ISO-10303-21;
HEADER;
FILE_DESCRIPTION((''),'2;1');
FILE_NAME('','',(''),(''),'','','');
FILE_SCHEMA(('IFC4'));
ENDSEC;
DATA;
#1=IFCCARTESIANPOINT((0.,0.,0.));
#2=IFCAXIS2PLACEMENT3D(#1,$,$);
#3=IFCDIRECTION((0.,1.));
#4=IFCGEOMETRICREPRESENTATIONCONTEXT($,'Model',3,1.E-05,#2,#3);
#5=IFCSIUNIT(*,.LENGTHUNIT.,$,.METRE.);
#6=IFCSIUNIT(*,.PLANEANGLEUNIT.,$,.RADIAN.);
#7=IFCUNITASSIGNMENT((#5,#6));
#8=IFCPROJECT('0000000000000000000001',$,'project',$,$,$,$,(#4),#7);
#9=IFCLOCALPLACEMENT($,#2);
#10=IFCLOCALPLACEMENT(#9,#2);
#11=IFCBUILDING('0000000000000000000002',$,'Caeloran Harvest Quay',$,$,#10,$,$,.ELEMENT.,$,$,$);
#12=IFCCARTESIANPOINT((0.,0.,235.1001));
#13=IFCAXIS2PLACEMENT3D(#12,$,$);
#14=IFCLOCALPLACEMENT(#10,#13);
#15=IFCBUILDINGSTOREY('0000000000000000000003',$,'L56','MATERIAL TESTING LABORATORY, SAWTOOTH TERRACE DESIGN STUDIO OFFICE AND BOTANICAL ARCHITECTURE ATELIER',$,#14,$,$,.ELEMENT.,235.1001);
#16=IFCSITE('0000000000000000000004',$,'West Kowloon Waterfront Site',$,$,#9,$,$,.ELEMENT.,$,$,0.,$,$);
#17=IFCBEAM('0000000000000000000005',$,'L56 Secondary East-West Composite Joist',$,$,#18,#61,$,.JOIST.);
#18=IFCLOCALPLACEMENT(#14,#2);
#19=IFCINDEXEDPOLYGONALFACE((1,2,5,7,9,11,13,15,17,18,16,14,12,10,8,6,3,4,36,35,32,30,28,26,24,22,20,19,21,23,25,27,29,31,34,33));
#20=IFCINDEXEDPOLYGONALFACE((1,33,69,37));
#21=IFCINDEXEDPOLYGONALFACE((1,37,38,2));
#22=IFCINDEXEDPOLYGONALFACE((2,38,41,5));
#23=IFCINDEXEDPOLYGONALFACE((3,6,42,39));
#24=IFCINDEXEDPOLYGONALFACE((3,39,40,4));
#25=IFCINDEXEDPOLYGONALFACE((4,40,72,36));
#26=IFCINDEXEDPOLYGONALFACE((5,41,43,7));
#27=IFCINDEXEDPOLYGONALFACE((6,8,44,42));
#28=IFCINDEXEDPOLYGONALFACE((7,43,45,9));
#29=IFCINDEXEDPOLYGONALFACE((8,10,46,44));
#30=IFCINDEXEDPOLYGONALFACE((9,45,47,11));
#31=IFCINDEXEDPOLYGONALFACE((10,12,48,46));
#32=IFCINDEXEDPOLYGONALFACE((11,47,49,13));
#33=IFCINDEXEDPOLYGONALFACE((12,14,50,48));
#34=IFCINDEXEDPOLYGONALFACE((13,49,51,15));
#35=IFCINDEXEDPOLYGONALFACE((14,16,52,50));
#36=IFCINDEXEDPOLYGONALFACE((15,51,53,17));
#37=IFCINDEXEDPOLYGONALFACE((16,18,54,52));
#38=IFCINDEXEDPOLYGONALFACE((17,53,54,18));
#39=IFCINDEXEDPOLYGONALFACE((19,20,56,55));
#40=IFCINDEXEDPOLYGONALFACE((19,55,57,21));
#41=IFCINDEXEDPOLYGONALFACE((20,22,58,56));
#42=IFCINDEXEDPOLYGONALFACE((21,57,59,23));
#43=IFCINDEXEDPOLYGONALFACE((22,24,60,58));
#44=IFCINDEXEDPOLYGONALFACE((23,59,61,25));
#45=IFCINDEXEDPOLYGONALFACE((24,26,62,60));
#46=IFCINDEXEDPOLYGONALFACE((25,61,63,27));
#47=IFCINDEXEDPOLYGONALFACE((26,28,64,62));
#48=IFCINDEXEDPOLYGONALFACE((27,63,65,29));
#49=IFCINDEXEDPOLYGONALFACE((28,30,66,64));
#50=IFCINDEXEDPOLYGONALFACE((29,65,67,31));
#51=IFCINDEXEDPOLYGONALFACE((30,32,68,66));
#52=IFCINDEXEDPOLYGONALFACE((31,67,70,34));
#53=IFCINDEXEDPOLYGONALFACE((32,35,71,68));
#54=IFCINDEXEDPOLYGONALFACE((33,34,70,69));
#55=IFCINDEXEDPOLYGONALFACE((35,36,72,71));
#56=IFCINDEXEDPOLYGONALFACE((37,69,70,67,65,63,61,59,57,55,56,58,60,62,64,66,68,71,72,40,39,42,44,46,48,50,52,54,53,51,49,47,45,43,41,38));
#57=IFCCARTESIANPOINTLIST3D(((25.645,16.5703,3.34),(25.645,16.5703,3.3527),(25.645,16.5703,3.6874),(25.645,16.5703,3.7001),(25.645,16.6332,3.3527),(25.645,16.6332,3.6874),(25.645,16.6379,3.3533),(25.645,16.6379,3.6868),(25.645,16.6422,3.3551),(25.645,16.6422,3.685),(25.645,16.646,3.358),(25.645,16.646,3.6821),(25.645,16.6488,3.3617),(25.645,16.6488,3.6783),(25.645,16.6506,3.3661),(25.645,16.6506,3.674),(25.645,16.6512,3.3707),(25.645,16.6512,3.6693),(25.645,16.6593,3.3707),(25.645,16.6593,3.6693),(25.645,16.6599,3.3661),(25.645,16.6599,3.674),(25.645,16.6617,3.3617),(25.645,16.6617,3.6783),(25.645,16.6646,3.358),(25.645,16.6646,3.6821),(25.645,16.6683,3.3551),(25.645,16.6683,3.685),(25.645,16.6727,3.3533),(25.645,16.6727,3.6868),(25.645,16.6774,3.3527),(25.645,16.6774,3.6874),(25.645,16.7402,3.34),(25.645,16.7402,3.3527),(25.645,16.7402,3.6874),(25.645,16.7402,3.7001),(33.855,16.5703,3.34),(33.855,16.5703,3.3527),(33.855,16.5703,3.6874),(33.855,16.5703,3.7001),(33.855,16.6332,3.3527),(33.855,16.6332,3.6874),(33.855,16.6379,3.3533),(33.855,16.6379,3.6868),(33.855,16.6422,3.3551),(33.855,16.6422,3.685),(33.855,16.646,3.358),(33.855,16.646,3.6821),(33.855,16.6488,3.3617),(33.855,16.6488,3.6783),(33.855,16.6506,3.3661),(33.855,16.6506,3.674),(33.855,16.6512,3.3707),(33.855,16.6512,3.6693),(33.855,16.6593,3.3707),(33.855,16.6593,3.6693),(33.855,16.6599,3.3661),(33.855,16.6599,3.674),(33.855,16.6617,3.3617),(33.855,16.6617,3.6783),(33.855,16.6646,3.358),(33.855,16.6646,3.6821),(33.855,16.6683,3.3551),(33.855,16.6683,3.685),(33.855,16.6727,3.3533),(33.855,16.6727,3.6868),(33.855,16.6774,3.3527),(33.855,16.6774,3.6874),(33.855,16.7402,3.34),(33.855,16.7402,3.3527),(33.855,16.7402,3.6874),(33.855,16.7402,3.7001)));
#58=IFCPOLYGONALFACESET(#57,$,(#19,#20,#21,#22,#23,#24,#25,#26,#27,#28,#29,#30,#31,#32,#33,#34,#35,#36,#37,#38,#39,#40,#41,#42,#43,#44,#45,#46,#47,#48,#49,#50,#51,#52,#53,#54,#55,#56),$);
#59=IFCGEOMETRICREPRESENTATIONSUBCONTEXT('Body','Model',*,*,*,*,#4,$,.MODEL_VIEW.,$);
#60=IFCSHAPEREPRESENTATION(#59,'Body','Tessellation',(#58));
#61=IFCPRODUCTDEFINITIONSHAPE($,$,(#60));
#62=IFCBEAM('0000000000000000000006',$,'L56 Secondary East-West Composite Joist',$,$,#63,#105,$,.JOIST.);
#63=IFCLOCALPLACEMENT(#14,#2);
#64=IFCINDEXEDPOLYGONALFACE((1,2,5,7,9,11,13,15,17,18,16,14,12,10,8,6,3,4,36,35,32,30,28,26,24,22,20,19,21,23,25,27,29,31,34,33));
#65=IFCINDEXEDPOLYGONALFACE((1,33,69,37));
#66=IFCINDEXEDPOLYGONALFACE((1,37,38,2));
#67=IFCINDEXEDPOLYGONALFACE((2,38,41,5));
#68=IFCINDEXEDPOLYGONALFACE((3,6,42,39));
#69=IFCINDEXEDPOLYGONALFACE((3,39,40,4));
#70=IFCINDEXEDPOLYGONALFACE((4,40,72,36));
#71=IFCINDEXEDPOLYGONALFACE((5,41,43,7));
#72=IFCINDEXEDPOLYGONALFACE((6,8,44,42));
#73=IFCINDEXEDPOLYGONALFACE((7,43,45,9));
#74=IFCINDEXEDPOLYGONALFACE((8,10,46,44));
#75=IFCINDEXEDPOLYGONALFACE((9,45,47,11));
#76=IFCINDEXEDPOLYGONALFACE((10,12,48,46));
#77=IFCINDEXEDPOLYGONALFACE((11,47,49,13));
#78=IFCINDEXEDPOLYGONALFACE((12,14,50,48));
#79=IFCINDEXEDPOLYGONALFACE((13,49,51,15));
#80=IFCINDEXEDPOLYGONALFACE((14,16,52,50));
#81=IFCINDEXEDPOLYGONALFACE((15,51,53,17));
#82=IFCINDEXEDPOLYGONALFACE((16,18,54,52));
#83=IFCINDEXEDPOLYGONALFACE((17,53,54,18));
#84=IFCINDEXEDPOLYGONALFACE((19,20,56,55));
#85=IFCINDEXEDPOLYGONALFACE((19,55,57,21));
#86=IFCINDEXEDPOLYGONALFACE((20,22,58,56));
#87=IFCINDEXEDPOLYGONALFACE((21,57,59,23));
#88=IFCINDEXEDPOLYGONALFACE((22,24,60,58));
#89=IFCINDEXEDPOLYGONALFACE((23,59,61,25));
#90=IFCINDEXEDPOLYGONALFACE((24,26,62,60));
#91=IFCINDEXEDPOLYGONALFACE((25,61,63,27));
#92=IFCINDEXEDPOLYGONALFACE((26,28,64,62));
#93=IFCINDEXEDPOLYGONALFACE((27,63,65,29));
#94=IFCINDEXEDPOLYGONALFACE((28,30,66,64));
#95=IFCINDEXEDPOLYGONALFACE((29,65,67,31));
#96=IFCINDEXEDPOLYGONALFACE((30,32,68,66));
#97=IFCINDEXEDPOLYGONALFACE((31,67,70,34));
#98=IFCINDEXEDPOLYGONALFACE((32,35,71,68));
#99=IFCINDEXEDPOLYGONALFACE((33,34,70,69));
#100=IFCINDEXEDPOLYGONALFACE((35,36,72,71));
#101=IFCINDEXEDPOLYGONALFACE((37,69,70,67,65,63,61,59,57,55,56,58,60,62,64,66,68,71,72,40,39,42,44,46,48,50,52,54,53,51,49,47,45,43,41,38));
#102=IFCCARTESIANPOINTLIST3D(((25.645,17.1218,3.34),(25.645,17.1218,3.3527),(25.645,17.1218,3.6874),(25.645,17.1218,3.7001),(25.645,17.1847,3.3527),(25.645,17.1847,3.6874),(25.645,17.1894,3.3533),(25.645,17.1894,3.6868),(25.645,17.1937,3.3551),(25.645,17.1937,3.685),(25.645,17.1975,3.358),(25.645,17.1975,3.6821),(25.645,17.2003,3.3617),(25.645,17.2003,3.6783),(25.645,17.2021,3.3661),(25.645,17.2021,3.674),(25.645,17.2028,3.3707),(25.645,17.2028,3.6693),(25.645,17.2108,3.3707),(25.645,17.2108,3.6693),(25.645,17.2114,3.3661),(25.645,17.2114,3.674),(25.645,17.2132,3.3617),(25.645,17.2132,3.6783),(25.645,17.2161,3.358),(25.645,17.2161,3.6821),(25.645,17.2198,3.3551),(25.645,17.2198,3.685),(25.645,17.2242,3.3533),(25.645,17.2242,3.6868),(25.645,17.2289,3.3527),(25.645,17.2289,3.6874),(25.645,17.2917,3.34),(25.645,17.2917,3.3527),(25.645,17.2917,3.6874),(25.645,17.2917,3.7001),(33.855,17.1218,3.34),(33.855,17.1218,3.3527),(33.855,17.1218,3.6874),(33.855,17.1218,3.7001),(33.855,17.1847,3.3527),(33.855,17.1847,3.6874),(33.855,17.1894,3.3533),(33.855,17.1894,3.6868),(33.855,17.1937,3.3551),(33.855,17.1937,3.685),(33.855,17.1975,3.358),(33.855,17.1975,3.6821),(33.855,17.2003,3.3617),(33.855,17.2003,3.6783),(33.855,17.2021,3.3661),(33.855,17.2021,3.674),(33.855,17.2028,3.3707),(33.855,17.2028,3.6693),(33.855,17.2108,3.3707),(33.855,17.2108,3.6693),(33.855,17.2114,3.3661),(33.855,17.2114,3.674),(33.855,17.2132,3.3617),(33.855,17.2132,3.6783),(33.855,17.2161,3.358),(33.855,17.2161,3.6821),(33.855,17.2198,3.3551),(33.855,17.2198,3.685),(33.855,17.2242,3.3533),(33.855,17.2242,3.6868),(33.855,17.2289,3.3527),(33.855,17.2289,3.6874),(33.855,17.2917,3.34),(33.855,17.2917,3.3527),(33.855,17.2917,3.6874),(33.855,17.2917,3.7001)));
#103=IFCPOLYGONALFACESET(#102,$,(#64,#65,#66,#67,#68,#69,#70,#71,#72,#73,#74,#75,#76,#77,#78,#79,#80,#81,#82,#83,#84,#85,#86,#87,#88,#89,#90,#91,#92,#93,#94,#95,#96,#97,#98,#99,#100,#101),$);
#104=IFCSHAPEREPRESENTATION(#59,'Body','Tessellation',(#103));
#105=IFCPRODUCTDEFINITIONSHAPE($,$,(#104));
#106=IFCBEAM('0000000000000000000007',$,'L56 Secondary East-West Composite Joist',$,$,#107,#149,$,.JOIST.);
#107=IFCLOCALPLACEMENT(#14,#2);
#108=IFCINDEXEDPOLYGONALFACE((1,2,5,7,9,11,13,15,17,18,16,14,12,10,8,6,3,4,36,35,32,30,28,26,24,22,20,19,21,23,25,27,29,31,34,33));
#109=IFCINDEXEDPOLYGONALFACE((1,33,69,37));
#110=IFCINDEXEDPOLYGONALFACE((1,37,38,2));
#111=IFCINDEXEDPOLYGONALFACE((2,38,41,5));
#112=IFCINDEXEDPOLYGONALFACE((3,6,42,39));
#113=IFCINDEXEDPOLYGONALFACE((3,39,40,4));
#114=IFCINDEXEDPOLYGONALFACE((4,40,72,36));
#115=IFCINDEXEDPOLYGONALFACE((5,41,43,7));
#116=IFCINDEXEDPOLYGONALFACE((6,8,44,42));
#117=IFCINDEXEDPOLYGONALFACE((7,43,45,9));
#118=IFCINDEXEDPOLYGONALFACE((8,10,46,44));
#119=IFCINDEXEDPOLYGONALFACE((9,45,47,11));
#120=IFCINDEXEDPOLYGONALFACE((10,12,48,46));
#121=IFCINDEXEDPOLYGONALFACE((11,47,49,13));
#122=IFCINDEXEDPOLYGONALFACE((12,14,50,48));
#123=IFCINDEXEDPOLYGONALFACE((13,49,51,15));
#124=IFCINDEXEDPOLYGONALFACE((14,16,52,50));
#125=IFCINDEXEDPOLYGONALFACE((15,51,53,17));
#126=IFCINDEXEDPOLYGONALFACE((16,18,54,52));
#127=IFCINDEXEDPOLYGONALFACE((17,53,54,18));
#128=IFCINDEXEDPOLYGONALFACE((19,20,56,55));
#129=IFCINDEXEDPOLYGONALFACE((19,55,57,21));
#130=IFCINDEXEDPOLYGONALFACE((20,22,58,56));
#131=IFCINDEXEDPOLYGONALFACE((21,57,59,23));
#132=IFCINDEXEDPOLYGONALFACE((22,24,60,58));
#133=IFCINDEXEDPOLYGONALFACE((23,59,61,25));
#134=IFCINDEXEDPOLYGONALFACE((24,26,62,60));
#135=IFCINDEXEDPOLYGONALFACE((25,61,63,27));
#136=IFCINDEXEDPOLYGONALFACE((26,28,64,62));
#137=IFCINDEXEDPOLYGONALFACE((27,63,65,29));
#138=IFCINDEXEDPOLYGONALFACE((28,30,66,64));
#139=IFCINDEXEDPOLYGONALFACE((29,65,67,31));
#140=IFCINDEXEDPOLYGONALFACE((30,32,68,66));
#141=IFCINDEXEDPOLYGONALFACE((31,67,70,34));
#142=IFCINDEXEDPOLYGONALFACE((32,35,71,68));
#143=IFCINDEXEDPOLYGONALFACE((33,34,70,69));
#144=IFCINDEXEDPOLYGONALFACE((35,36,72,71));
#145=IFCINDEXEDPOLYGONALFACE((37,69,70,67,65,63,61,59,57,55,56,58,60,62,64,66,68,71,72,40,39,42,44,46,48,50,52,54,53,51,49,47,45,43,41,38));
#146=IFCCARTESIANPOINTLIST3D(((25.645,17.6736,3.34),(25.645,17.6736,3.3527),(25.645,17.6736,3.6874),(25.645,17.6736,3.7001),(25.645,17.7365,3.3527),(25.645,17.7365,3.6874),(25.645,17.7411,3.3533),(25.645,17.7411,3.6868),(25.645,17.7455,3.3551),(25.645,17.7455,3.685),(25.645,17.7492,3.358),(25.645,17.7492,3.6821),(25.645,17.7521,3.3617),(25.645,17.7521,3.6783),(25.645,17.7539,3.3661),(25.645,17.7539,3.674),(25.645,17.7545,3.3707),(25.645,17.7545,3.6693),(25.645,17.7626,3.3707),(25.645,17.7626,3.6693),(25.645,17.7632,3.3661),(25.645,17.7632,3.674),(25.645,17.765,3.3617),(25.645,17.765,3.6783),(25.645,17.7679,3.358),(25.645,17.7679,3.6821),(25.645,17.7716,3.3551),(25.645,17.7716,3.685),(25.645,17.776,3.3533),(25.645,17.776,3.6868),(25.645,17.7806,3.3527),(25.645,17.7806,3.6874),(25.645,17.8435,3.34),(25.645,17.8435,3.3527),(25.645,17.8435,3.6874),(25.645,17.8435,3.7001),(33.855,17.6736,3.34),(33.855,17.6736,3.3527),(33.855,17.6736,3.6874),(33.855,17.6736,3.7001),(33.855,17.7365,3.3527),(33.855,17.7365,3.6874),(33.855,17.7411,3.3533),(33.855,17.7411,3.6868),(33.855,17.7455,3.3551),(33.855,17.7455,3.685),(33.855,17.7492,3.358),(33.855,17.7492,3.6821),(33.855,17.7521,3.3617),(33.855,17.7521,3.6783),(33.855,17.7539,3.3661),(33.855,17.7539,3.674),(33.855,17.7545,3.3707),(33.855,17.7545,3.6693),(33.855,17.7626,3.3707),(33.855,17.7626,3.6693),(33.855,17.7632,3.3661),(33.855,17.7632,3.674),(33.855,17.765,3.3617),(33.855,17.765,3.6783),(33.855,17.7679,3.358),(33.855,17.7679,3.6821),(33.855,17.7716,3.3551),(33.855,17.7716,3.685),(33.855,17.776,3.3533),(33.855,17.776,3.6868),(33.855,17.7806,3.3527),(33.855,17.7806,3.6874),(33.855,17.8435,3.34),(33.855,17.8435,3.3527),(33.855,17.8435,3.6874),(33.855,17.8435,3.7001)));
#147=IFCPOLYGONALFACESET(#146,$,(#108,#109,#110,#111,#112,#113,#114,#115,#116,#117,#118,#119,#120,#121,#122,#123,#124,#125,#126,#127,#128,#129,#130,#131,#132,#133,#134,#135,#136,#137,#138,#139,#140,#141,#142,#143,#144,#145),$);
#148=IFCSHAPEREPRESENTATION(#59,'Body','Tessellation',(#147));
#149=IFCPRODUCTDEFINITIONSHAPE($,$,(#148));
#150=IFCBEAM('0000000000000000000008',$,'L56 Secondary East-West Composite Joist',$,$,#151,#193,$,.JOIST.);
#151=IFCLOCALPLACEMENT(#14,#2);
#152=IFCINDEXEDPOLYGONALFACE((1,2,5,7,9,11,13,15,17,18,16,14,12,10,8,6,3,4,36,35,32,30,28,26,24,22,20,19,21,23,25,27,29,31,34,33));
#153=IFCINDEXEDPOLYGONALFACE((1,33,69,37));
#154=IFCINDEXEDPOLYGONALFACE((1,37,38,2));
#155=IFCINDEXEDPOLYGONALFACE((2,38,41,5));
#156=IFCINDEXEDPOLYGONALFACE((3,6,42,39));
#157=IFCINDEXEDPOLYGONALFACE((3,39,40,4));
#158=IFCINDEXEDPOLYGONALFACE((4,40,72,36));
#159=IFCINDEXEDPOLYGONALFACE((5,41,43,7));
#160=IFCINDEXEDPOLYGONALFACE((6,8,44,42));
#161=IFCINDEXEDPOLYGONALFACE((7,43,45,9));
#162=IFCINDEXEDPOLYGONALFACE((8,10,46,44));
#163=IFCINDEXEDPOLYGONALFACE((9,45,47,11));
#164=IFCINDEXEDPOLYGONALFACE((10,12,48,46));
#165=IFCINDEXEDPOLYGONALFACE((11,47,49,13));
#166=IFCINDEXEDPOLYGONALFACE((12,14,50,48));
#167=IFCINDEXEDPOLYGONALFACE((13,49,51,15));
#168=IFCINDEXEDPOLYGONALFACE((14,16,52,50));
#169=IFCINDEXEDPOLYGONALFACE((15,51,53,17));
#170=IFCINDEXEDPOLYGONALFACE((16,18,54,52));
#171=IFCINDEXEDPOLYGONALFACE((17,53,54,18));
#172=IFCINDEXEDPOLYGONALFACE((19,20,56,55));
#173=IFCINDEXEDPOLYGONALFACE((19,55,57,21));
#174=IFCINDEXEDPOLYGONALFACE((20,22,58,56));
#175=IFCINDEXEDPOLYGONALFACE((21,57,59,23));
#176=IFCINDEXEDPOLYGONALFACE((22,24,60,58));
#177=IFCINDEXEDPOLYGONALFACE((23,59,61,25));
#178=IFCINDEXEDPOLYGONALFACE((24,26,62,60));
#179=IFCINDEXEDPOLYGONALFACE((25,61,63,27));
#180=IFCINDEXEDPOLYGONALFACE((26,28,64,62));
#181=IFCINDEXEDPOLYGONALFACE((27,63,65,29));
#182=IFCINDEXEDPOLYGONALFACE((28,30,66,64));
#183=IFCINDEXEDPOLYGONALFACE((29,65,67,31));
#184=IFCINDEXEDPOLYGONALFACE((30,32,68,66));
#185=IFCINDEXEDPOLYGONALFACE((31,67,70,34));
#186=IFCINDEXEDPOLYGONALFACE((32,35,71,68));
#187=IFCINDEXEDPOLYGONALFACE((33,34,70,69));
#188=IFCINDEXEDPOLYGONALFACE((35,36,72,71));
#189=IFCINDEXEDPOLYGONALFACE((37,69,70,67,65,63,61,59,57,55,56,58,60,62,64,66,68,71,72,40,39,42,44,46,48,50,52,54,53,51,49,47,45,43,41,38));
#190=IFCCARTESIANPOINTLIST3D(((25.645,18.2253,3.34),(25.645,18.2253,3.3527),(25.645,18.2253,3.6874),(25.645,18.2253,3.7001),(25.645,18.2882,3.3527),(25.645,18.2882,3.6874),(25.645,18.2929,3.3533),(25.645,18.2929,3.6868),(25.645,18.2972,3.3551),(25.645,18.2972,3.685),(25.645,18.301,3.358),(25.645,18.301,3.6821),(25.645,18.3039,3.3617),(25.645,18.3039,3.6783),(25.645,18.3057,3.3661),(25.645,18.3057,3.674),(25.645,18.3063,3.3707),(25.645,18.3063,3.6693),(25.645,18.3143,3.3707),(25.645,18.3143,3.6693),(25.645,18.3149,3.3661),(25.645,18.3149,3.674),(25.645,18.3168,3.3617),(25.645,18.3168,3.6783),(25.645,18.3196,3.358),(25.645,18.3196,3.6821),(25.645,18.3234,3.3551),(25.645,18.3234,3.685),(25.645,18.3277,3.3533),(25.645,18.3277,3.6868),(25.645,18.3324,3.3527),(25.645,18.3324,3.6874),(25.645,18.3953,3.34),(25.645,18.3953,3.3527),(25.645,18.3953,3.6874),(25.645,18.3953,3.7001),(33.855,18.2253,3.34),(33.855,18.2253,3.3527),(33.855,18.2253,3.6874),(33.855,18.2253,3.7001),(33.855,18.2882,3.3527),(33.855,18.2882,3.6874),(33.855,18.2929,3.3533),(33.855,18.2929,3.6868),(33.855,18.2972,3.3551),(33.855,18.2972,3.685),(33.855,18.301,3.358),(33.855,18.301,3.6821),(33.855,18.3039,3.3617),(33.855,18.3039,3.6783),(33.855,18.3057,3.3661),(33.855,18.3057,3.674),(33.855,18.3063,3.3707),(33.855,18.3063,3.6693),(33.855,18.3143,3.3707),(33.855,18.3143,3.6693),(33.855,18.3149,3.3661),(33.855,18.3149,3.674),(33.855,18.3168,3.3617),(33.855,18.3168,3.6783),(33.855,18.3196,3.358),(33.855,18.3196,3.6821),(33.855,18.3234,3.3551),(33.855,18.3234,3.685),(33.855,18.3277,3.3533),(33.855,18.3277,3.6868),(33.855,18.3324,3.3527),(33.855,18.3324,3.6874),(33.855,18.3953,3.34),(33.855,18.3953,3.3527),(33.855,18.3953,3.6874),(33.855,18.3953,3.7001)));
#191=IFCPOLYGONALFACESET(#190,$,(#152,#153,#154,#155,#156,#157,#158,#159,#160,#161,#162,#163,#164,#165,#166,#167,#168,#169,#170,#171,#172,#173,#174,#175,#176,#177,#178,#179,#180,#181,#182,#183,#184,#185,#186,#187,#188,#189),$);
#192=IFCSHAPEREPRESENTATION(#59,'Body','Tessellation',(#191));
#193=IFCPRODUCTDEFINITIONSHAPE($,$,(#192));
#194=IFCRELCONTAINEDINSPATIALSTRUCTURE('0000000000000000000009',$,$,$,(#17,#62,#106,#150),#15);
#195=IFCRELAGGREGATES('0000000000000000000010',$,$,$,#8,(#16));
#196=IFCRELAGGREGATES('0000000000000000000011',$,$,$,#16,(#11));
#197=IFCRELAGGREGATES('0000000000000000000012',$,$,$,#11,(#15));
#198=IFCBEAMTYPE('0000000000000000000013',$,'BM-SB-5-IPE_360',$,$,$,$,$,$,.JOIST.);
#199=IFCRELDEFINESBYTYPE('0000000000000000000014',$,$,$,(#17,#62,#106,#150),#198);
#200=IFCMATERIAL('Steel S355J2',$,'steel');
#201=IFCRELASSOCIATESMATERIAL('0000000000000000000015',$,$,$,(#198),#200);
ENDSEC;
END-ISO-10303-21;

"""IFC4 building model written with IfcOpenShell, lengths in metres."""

from ifc_helpers import new_model, si_unit, direction, frame, origin, origin_2d, place, context, subcontext, project, spatial, i_section, extrude, material, material_profile, profile_set, type_object, element, save


model = new_model("IFC4")

# Units and contexts
model_context = context("Model", 3, precision=1e-05, world=origin(), true_north=direction((0.0, 1.0)))
body_context = subcontext(model_context, "Body", "Model", "MODEL_VIEW")
ifc_project = project(units=[si_unit("LENGTHUNIT", "METRE"), si_unit("PLANEANGLEUNIT", "RADIAN")], contexts=[model_context])

# Site, building, storey
site_placement = place(None, origin())
site = spatial("IfcSite", under=ifc_project, at=site_placement, Name="West Kowloon Waterfront Site", CompositionType="ELEMENT", RefElevation=0.0)
building_placement = place(site_placement, origin())
building = spatial("IfcBuilding", under=site, at=building_placement, Name="Caeloran Harvest Quay", CompositionType="ELEMENT")
storey_placement = place(building_placement, frame((0.0, 0.0, 235.1001)))
storey = spatial("IfcBuildingStorey", under=building, at=storey_placement, Name="L56", Description="MATERIAL TESTING LABORATORY, SAWTOOTH TERRACE DESIGN STUDIO OFFICE AND BOTANICAL ARCHITECTURE ATELIER", CompositionType="ELEMENT", Elevation=235.1001)

# Beams
ifc_material_1 = material(Name="Steel S355J2", Category="steel")
ifc_material_profile_1 = material_profile(ifc_material_1, i_section(OverallWidth=0.1699, OverallDepth=0.3601, WebThickness=0.0081, FlangeThickness=0.0127, FilletRadius=0.0181, at=origin_2d()), Name="IPE 360")
ifc_profile_set_1 = profile_set([ifc_material_profile_1], Name="Steel S355J2")
beam_type_1 = type_object("IfcBeamType", Name="BM-SB-5-IPE_360", PredefinedType="JOIST", material=ifc_profile_set_1)
for number, where, z_axis, x_axis, name in (
    (1, (25.645, 16.6553, 3.52), (1.0, 0.0, 0.0), (0.0, 1.0, 0.0), "L56 Secondary East-West Composite Joist"),
    (2, (25.645, 17.2068, 3.52), (1.0, 0.0, 0.0), (0.0, 1.0, 0.0), "L56 Secondary East-West Composite Joist"),
    (3, (25.645, 17.7585, 3.52), (1.0, 0.0, 0.0), (0.0, 1.0, 0.0), "L56 Secondary East-West Composite Joist"),
    (4, (25.645, 18.3103, 3.52), (1.0, 0.0, 0.0), (0.0, 1.0, 0.0), "L56 Secondary East-West Composite Joist"),
):
    element("IfcBeam", number, at=place(storey_placement, frame(where, z_axis=z_axis, x_axis=x_axis)), inside=storey, type_object=beam_type_1, Name=name, PredefinedType="JOIST", context=body_context, shape_type="SweptSolid", body=[
        extrude(i_section(OverallWidth=0.1699, OverallDepth=0.3601, WebThickness=0.0081, FlangeThickness=0.0127, FilletRadius=0.0181, at=origin_2d()), origin(), (0.0, 0.0, 1.0), 8.21),
    ])

save(model, "model.ifc")
